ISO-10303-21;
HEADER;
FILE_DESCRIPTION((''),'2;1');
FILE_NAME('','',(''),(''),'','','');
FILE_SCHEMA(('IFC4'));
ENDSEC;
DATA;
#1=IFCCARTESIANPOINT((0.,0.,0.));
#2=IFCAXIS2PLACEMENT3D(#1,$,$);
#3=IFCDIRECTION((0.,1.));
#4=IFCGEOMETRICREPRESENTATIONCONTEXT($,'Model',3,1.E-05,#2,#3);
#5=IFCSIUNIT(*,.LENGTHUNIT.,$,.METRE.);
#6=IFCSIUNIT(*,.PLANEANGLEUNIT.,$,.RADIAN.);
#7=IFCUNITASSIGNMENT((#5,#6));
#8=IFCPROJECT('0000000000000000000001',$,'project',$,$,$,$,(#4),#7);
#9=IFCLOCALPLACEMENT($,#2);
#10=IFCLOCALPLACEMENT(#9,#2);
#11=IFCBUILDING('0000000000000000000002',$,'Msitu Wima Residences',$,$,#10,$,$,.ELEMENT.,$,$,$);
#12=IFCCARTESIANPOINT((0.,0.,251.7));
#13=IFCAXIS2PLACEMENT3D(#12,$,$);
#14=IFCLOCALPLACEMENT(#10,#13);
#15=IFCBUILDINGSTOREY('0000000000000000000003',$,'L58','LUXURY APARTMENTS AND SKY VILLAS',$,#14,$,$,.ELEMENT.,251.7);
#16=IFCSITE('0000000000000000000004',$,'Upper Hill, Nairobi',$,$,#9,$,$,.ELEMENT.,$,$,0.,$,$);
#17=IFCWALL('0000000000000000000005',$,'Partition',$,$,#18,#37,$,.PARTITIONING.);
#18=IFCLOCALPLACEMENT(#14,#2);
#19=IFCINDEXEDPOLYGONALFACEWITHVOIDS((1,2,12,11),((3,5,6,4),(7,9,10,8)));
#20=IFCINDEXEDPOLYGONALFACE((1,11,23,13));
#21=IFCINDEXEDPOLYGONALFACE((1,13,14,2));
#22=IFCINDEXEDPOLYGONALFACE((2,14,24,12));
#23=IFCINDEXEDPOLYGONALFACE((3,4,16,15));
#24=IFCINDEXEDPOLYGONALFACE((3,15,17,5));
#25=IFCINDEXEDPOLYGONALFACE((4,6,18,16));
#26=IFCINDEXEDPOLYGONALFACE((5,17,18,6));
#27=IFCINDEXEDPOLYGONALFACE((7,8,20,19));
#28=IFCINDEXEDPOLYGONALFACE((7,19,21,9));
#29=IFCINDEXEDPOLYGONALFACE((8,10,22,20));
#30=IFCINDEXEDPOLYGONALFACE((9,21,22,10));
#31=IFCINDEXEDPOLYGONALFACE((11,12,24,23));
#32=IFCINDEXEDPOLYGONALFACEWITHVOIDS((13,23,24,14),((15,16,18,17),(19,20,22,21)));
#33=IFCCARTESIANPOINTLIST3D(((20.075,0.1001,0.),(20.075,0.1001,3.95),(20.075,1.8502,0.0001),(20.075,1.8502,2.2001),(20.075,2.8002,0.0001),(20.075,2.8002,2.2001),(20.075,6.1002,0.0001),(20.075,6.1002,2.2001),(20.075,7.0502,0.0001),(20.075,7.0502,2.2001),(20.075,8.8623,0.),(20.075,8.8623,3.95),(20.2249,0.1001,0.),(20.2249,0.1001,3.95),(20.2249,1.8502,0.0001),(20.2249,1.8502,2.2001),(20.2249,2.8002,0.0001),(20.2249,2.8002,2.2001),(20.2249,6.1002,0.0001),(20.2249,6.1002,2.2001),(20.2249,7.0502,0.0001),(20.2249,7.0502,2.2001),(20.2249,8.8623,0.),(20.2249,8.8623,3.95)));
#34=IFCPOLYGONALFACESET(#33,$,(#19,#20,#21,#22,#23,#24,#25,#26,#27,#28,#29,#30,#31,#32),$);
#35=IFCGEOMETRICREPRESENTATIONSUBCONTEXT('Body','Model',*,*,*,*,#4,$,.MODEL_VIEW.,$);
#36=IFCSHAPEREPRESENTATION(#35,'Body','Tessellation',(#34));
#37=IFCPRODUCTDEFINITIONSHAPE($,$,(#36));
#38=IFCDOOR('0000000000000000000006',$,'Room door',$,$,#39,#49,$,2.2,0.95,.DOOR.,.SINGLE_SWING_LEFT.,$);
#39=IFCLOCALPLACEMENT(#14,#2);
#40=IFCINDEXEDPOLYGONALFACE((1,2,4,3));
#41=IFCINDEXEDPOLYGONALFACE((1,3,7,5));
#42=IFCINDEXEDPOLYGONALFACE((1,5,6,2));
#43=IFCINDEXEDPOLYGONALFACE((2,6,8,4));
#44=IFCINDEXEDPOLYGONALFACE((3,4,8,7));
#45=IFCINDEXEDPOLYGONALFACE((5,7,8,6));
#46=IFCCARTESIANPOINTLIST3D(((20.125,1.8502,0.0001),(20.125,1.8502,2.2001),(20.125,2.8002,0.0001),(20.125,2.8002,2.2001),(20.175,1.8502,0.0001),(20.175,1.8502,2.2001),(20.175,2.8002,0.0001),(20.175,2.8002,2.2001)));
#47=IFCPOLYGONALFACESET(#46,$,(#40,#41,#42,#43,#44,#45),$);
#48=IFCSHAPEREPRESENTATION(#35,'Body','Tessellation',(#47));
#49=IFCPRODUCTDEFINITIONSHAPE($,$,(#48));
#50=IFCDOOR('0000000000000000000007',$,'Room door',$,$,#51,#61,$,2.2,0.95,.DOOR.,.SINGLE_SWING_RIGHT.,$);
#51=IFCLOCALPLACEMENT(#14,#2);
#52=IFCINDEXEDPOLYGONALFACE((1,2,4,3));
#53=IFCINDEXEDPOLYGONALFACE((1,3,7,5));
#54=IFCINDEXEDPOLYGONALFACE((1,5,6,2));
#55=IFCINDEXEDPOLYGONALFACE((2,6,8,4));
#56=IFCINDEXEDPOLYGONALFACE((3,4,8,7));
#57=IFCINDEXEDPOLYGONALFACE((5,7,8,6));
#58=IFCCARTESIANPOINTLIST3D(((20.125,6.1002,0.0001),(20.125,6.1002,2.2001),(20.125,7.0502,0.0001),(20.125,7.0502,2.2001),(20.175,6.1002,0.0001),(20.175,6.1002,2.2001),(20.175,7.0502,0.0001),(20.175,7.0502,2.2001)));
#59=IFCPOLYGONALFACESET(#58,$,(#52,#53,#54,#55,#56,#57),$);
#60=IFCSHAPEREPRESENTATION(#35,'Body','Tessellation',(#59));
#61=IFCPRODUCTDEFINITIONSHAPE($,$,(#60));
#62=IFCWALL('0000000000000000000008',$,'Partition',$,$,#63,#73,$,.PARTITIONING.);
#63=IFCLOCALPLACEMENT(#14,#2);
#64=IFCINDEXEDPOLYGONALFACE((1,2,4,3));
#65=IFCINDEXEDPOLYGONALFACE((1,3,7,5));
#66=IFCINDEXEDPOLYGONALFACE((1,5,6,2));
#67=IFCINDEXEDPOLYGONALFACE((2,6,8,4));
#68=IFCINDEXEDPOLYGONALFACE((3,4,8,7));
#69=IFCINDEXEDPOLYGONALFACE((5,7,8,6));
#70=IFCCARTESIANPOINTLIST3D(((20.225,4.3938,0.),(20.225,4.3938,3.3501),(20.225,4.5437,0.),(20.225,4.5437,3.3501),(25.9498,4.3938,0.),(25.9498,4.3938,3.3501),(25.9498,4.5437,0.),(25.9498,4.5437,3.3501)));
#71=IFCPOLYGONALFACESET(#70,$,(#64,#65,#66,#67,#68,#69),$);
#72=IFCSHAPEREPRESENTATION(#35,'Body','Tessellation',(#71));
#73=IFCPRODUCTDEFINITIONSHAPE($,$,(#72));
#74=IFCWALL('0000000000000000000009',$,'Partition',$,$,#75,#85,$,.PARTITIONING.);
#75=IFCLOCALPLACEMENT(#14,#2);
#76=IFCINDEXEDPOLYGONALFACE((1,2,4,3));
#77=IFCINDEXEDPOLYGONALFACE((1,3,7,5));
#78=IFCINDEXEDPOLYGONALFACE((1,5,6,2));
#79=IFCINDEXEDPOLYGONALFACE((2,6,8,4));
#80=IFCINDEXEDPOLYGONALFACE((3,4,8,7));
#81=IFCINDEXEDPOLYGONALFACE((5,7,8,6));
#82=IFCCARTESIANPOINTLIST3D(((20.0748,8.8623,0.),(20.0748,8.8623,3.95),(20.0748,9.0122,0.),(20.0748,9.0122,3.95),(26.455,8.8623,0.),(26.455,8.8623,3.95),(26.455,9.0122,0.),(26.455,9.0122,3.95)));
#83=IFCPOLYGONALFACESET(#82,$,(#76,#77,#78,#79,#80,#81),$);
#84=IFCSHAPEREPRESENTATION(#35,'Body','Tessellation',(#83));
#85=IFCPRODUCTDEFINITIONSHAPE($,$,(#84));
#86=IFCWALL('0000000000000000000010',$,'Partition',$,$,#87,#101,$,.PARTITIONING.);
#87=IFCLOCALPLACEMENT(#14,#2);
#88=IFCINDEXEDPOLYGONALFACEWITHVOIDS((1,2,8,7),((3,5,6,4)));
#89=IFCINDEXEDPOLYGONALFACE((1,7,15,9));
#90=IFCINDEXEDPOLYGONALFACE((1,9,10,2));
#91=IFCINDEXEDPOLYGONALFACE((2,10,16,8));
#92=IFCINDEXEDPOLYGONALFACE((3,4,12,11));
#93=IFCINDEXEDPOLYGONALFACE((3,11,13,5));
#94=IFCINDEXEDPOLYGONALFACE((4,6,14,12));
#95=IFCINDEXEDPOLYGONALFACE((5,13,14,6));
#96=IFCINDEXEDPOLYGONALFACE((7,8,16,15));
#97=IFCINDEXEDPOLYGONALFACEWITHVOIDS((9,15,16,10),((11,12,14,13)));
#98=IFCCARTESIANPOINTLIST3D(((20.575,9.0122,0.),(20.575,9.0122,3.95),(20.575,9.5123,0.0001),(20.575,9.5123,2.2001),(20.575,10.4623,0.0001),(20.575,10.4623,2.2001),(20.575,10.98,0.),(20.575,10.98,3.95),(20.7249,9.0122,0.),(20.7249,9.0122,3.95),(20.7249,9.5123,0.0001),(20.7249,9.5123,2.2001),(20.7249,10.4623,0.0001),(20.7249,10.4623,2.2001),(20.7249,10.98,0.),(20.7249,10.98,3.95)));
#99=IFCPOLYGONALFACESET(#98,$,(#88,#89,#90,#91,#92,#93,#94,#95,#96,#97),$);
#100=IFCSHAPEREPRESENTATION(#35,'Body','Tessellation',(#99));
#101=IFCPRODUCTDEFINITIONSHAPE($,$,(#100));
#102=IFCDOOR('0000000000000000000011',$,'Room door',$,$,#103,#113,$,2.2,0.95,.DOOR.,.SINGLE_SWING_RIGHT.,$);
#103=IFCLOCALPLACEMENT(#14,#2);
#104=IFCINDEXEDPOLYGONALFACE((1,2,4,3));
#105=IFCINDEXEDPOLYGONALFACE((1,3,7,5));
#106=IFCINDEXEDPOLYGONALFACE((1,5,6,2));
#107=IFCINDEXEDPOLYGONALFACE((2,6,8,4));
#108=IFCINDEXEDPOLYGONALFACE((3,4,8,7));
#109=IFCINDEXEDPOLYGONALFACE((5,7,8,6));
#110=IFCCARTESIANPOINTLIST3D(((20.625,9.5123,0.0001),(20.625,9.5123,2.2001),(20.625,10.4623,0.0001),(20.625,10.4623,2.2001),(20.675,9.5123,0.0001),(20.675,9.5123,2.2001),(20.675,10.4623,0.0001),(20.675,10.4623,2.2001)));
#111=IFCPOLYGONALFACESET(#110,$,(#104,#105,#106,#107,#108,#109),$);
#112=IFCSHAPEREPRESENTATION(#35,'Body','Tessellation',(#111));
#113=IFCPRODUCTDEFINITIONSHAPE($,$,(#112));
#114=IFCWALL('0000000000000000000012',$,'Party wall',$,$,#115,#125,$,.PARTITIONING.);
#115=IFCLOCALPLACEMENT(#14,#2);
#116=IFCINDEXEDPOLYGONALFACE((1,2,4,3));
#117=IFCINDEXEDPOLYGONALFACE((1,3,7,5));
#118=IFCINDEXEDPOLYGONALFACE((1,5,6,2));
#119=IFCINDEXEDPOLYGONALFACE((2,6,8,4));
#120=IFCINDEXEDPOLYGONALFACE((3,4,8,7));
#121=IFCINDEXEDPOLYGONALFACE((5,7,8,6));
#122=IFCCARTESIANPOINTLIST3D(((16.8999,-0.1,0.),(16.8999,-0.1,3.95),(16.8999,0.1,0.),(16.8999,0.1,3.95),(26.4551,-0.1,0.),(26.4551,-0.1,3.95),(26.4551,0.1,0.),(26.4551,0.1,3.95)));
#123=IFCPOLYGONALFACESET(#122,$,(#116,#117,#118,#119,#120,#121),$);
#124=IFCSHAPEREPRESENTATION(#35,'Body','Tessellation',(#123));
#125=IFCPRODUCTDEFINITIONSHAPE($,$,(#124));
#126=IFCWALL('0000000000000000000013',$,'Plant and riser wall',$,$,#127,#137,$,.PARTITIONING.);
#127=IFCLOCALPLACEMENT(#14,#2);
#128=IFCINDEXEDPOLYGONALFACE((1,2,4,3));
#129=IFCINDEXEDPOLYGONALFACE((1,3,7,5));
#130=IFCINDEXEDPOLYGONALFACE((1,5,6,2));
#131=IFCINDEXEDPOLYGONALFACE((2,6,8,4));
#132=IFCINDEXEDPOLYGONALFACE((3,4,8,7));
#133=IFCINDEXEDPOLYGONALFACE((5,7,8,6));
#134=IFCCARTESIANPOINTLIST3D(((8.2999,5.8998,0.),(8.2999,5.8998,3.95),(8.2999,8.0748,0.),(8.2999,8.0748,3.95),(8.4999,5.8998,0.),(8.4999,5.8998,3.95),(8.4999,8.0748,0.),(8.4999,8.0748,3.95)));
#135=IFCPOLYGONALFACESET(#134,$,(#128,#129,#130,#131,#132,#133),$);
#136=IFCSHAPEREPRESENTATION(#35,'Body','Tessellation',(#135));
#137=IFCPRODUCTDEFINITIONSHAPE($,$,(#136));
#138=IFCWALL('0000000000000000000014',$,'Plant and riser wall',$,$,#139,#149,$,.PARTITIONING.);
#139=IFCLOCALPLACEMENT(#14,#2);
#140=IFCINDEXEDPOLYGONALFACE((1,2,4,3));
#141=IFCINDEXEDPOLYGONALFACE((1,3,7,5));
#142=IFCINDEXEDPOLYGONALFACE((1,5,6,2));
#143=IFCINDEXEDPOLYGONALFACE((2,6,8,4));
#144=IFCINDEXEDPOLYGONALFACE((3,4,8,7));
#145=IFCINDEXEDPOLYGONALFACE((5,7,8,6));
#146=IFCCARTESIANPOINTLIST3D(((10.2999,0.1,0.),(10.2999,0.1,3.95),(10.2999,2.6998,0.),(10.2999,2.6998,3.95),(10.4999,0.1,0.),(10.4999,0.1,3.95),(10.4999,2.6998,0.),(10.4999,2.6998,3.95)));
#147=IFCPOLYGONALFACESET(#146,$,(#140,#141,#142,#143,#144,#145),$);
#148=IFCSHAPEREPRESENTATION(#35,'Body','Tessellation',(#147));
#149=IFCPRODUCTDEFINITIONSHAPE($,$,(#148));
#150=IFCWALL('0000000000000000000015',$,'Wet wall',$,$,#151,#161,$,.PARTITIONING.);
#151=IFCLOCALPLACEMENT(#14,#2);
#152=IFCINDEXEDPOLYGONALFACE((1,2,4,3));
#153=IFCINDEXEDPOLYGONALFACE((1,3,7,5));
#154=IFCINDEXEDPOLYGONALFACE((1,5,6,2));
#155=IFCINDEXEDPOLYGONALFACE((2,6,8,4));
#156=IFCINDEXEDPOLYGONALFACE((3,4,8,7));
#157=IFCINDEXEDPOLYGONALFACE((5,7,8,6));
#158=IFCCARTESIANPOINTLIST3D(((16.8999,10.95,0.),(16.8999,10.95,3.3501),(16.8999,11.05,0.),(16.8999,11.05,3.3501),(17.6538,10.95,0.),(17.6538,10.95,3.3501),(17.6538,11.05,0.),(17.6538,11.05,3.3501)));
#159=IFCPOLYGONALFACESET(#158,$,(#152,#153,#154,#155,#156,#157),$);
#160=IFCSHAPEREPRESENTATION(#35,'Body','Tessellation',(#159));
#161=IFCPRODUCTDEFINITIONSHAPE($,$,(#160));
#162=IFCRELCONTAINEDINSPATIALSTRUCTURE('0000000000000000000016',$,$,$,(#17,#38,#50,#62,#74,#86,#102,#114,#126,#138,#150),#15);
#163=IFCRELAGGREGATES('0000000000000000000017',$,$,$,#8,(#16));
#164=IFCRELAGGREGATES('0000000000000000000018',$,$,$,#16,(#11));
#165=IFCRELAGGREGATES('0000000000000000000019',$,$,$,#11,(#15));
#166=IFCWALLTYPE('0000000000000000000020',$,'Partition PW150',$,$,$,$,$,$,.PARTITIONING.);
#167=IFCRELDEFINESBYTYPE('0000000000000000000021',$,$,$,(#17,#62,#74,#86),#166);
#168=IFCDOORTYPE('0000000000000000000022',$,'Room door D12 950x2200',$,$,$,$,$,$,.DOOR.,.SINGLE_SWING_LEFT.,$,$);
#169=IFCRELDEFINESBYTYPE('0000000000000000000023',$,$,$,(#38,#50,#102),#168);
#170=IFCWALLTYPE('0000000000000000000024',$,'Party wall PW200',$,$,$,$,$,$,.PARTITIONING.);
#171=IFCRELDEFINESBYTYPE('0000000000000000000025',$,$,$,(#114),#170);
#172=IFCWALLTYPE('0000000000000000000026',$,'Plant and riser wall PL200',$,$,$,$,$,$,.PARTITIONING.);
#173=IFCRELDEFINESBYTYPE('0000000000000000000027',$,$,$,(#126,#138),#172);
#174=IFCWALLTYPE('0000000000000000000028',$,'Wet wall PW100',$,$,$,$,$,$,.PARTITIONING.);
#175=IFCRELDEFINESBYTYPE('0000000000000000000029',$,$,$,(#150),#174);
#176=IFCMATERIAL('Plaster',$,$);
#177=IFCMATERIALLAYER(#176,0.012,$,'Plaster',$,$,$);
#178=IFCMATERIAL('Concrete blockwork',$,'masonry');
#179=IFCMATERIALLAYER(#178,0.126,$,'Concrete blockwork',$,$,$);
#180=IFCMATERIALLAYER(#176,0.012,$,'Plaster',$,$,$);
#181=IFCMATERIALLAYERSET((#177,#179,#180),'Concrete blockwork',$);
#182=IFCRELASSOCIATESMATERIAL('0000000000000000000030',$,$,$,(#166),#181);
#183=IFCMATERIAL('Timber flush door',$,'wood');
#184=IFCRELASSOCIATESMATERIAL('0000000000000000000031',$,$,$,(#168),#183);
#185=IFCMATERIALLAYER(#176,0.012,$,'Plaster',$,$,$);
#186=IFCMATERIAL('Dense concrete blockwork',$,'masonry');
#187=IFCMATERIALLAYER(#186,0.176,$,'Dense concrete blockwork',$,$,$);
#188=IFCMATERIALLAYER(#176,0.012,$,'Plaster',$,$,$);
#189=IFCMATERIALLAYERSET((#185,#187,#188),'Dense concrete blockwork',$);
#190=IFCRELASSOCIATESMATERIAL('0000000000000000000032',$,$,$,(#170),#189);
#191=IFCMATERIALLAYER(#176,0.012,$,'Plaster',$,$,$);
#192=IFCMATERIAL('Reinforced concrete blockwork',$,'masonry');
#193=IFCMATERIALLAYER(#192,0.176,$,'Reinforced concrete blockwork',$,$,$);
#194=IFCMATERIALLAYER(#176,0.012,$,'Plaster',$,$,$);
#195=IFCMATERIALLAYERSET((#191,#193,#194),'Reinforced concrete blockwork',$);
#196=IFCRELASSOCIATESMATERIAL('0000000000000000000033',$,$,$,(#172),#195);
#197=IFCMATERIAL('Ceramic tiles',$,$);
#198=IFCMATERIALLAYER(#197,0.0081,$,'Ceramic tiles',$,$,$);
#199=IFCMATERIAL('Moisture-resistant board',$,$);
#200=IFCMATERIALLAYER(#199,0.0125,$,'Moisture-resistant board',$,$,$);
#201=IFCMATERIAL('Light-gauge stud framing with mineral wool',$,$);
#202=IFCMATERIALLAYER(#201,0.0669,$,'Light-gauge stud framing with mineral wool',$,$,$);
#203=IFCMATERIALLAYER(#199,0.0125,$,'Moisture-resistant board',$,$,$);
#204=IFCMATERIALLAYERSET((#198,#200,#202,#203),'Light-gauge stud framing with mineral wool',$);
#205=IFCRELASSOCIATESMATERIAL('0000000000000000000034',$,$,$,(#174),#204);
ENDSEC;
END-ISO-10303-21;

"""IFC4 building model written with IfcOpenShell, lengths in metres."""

from ifc_helpers import new_model, si_unit, direction, frame, frame_2d, origin, place, context, subcontext, project, spatial, rectangle, extrude, material, layer, layer_set, type_object, element, fill, save


model = new_model("IFC4")

# Units and contexts
model_context = context("Model", 3, precision=1e-05, world=origin(), true_north=direction((0.0, 1.0)))
body_context = subcontext(model_context, "Body", "Model", "MODEL_VIEW")
ifc_project = project(units=[si_unit("LENGTHUNIT", "METRE"), si_unit("PLANEANGLEUNIT", "RADIAN")], contexts=[model_context])

# Site, building, storey
site_placement = place(None, origin())
site = spatial("IfcSite", under=ifc_project, at=site_placement, Name="Upper Hill, Nairobi", CompositionType="ELEMENT", RefElevation=0.0)
building_placement = place(site_placement, origin())
building = spatial("IfcBuilding", under=site, at=building_placement, Name="Msitu Wima Residences", CompositionType="ELEMENT")
storey_placement = place(building_placement, frame((0.0, 0.0, 251.7)))
storey = spatial("IfcBuildingStorey", under=building, at=storey_placement, Name="L58", Description="LUXURY APARTMENTS AND SKY VILLAS", CompositionType="ELEMENT", Elevation=251.7)

# Shared definitions
ifc_material_1 = material(Name="Plaster")
ifc_material_2 = material(Name="Concrete blockwork", Category="masonry")
ifc_material_3 = material(Name="Timber flush door", Category="wood")

# Wall, openings, doors
ifc_layer_1 = layer(ifc_material_1, 0.012, Name="Plaster")
ifc_layer_2 = layer(ifc_material_2, 0.126, Name="Concrete blockwork")
ifc_layer_3 = layer(ifc_material_1, 0.012, Name="Plaster")
ifc_layer_set_1 = layer_set([ifc_layer_1, ifc_layer_2, ifc_layer_3], Name="Concrete blockwork")
wall_type_1 = type_object("IfcWallType", Name="Partition PW150", PredefinedType="PARTITIONING", material=ifc_layer_set_1)
wall_1_placement = place(storey_placement, frame((20.1499, 0.1001, 0.0), z_axis=(0.0, 0.0, 1.0), x_axis=(0.0, 1.0, 0.0)))
wall_1 = element("IfcWall", 1, at=wall_1_placement, inside=storey, type_object=wall_type_1, Name="Partition", PredefinedType="PARTITIONING", context=body_context, shape_type="SweptSolid", body=[
    extrude(rectangle(XDim=8.7622, YDim=0.1499, at=frame_2d((4.3811, 0.0))), origin(), (0.0, 0.0, 1.0), 3.95),
])
opening_1_placement = place(wall_1_placement, frame((1.75, 0.0, 0.0)))
opening_1 = element("IfcOpeningElement", 2, at=opening_1_placement, cuts=wall_1, PredefinedType="OPENING", context=body_context, shape_type="SweptSolid", body=[
    extrude(rectangle(XDim=0.95, YDim=2.2, at=frame_2d((0.4751, 1.1001))), frame((0.0, 0.085, 0.0), z_axis=(0.0, -1.0, 0.0), x_axis=(1.0, 0.0, 0.0)), (0.0, 0.0, 1.0), 0.1699),
])
opening_2_placement = place(wall_1_placement, frame((6.0, 0.0, 0.0)))
opening_2 = element("IfcOpeningElement", 3, at=opening_2_placement, cuts=wall_1, PredefinedType="OPENING", context=body_context, shape_type="SweptSolid", body=[
    extrude(rectangle(XDim=0.95, YDim=2.2, at=frame_2d((0.4751, 1.1001))), frame((0.0, 0.085, 0.0), z_axis=(0.0, -1.0, 0.0), x_axis=(1.0, 0.0, 0.0)), (0.0, 0.0, 1.0), 0.1699),
])
door_type_1 = type_object("IfcDoorType", Name="Room door D12 950x2200", OperationType="SINGLE_SWING_LEFT", PredefinedType="DOOR", material=ifc_material_3)
door_1_placement = place(opening_1_placement, origin())
door_1 = element("IfcDoor", 4, at=door_1_placement, inside=storey, type_object=door_type_1, Name="Room door", OperationType="SINGLE_SWING_LEFT", OverallHeight=2.2, OverallWidth=0.95, PredefinedType="DOOR", context=body_context, shape_type="SweptSolid", body=[
    extrude(rectangle(XDim=0.95, YDim=2.2, at=frame_2d((0.4751, 1.1001))), frame((0.0, 0.0249, 0.0), z_axis=(0.0, -1.0, 0.0), x_axis=(1.0, 0.0, 0.0)), (0.0, 0.0, 1.0), 0.05),
])
fill(opening_1, door_1)
door_2_placement = place(opening_2_placement, origin())
door_2 = element("IfcDoor", 5, at=door_2_placement, inside=storey, type_object=door_type_1, Name="Room door", OperationType="SINGLE_SWING_RIGHT", OverallHeight=2.2, OverallWidth=0.95, PredefinedType="DOOR", context=body_context, shape_type="SweptSolid", body=[
    extrude(rectangle(XDim=0.95, YDim=2.2, at=frame_2d((0.4751, 1.1001))), frame((0.0, 0.0249, 0.0), z_axis=(0.0, -1.0, 0.0), x_axis=(1.0, 0.0, 0.0)), (0.0, 0.0, 1.0), 0.05),
])
fill(opening_2, door_2)

# Walls
wall_2_placement = place(storey_placement, frame((20.2251, 4.4688, 0.0), z_axis=(0.0, 0.0, 1.0), x_axis=(1.0, 0.0, 0.0)))
element("IfcWall", 6, at=wall_2_placement, inside=storey, type_object=wall_type_1, Name="Partition", PredefinedType="PARTITIONING", context=body_context, shape_type="SweptSolid", body=[
    extrude(rectangle(XDim=5.7249, YDim=0.1499, at=frame_2d((2.8623, 0.0))), origin(), (0.0, 0.0, 1.0), 3.3501),
])
wall_3_placement = place(storey_placement, frame((20.075, 8.9373, 0.0), z_axis=(0.0, 0.0, 1.0), x_axis=(1.0, 0.0, 0.0)))
element("IfcWall", 7, at=wall_3_placement, inside=storey, type_object=wall_type_1, Name="Partition", PredefinedType="PARTITIONING", context=body_context, shape_type="SweptSolid", body=[
    extrude(rectangle(XDim=6.3801, YDim=0.1499, at=frame_2d((3.1899, 0.0))), origin(), (0.0, 0.0, 1.0), 3.95),
])

# Wall, opening, door
wall_4_placement = place(storey_placement, frame((20.6499, 9.0122, 0.0), z_axis=(0.0, 0.0, 1.0), x_axis=(0.0, 1.0, 0.0)))
wall_4 = element("IfcWall", 8, at=wall_4_placement, inside=storey, type_object=wall_type_1, Name="Partition", PredefinedType="PARTITIONING", context=body_context, shape_type="SweptSolid", body=[
    extrude(rectangle(XDim=1.9678, YDim=0.1499, at=frame_2d((0.9839, 0.0))), origin(), (0.0, 0.0, 1.0), 3.95),
])
opening_3_placement = place(wall_4_placement, frame((0.5, 0.0, 0.0)))
opening_3 = element("IfcOpeningElement", 9, at=opening_3_placement, cuts=wall_4, PredefinedType="OPENING", context=body_context, shape_type="SweptSolid", body=[
    extrude(rectangle(XDim=0.95, YDim=2.2, at=frame_2d((0.4751, 1.1001))), frame((0.0, 0.085, 0.0), z_axis=(0.0, -1.0, 0.0), x_axis=(1.0, 0.0, 0.0)), (0.0, 0.0, 1.0), 0.1699),
])
door_3_placement = place(opening_3_placement, origin())
door_3 = element("IfcDoor", 10, at=door_3_placement, inside=storey, type_object=door_type_1, Name="Room door", OperationType="SINGLE_SWING_RIGHT", OverallHeight=2.2, OverallWidth=0.95, PredefinedType="DOOR", context=body_context, shape_type="SweptSolid", body=[
    extrude(rectangle(XDim=0.95, YDim=2.2, at=frame_2d((0.4751, 1.1001))), frame((0.0, 0.0249, 0.0), z_axis=(0.0, -1.0, 0.0), x_axis=(1.0, 0.0, 0.0)), (0.0, 0.0, 1.0), 0.05),
])
fill(opening_3, door_3)

# Walls
ifc_layer_4 = layer(ifc_material_1, 0.012, Name="Plaster")
ifc_material_4 = material(Name="Dense concrete blockwork", Category="masonry")
ifc_layer_5 = layer(ifc_material_4, 0.176, Name="Dense concrete blockwork")
ifc_layer_6 = layer(ifc_material_1, 0.012, Name="Plaster")
ifc_layer_set_2 = layer_set([ifc_layer_4, ifc_layer_5, ifc_layer_6], Name="Dense concrete blockwork")
wall_type_2 = type_object("IfcWallType", Name="Party wall PW200", PredefinedType="PARTITIONING", material=ifc_layer_set_2)
wall_5_placement = place(storey_placement, frame((16.8999, 0.0, 0.0), z_axis=(0.0, 0.0, 1.0), x_axis=(1.0, 0.0, 0.0)))
element("IfcWall", 11, at=wall_5_placement, inside=storey, type_object=wall_type_2, Name="Party wall", PredefinedType="PARTITIONING", context=body_context, shape_type="SweptSolid", body=[
    extrude(rectangle(XDim=9.5552, YDim=0.2, at=frame_2d((4.7776, 0.0))), origin(), (0.0, 0.0, 1.0), 3.95),
])
ifc_layer_7 = layer(ifc_material_1, 0.012, Name="Plaster")
ifc_material_5 = material(Name="Reinforced concrete blockwork", Category="masonry")
ifc_layer_8 = layer(ifc_material_5, 0.176, Name="Reinforced concrete blockwork")
ifc_layer_9 = layer(ifc_material_1, 0.012, Name="Plaster")
ifc_layer_set_3 = layer_set([ifc_layer_7, ifc_layer_8, ifc_layer_9], Name="Reinforced concrete blockwork")
wall_type_3 = type_object("IfcWallType", Name="Plant and riser wall PL200", PredefinedType="PARTITIONING", material=ifc_layer_set_3)
wall_6_placement = place(storey_placement, frame((8.3999, 5.8999, 0.0), z_axis=(0.0, 0.0, 1.0), x_axis=(0.0, 1.0, 0.0)))
element("IfcWall", 12, at=wall_6_placement, inside=storey, type_object=wall_type_3, Name="Plant and riser wall", PredefinedType="PARTITIONING", context=body_context, shape_type="SweptSolid", body=[
    extrude(rectangle(XDim=2.175, YDim=0.2, at=frame_2d((1.0874, 0.0))), origin(), (0.0, 0.0, 1.0), 3.95),
])
wall_7_placement = place(storey_placement, frame((10.3999, 0.1001, 0.0), z_axis=(0.0, 0.0, 1.0), x_axis=(0.0, 1.0, 0.0)))
element("IfcWall", 13, at=wall_7_placement, inside=storey, type_object=wall_type_3, Name="Plant and riser wall", PredefinedType="PARTITIONING", context=body_context, shape_type="SweptSolid", body=[
    extrude(rectangle(XDim=2.5999, YDim=0.2, at=frame_2d((1.2998, 0.0))), origin(), (0.0, 0.0, 1.0), 3.95),
])
ifc_material_6 = material(Name="Ceramic tiles")
ifc_layer_10 = layer(ifc_material_6, 0.0081, Name="Ceramic tiles")
ifc_material_7 = material(Name="Moisture-resistant board")
ifc_layer_11 = layer(ifc_material_7, 0.0125, Name="Moisture-resistant board")
ifc_material_8 = material(Name="Light-gauge stud framing with mineral wool")
ifc_layer_12 = layer(ifc_material_8, 0.0669, Name="Light-gauge stud framing with mineral wool")
ifc_layer_13 = layer(ifc_material_7, 0.0125, Name="Moisture-resistant board")
ifc_layer_set_4 = layer_set([ifc_layer_10, ifc_layer_11, ifc_layer_12, ifc_layer_13], Name="Light-gauge stud framing with mineral wool")
wall_type_4 = type_object("IfcWallType", Name="Wet wall PW100", PredefinedType="PARTITIONING", material=ifc_layer_set_4)
wall_8_placement = place(storey_placement, frame((16.8999, 11.0, 0.0), z_axis=(0.0, 0.0, 1.0), x_axis=(1.0, 0.0, 0.0)))
element("IfcWall", 14, at=wall_8_placement, inside=storey, type_object=wall_type_4, Name="Wet wall", PredefinedType="PARTITIONING", context=body_context, shape_type="SweptSolid", body=[
    extrude(rectangle(XDim=0.7539, YDim=0.1001, at=frame_2d((0.377, 0.0))), origin(), (0.0, 0.0, 1.0), 3.3501),
])

save(model, "model.ifc")
